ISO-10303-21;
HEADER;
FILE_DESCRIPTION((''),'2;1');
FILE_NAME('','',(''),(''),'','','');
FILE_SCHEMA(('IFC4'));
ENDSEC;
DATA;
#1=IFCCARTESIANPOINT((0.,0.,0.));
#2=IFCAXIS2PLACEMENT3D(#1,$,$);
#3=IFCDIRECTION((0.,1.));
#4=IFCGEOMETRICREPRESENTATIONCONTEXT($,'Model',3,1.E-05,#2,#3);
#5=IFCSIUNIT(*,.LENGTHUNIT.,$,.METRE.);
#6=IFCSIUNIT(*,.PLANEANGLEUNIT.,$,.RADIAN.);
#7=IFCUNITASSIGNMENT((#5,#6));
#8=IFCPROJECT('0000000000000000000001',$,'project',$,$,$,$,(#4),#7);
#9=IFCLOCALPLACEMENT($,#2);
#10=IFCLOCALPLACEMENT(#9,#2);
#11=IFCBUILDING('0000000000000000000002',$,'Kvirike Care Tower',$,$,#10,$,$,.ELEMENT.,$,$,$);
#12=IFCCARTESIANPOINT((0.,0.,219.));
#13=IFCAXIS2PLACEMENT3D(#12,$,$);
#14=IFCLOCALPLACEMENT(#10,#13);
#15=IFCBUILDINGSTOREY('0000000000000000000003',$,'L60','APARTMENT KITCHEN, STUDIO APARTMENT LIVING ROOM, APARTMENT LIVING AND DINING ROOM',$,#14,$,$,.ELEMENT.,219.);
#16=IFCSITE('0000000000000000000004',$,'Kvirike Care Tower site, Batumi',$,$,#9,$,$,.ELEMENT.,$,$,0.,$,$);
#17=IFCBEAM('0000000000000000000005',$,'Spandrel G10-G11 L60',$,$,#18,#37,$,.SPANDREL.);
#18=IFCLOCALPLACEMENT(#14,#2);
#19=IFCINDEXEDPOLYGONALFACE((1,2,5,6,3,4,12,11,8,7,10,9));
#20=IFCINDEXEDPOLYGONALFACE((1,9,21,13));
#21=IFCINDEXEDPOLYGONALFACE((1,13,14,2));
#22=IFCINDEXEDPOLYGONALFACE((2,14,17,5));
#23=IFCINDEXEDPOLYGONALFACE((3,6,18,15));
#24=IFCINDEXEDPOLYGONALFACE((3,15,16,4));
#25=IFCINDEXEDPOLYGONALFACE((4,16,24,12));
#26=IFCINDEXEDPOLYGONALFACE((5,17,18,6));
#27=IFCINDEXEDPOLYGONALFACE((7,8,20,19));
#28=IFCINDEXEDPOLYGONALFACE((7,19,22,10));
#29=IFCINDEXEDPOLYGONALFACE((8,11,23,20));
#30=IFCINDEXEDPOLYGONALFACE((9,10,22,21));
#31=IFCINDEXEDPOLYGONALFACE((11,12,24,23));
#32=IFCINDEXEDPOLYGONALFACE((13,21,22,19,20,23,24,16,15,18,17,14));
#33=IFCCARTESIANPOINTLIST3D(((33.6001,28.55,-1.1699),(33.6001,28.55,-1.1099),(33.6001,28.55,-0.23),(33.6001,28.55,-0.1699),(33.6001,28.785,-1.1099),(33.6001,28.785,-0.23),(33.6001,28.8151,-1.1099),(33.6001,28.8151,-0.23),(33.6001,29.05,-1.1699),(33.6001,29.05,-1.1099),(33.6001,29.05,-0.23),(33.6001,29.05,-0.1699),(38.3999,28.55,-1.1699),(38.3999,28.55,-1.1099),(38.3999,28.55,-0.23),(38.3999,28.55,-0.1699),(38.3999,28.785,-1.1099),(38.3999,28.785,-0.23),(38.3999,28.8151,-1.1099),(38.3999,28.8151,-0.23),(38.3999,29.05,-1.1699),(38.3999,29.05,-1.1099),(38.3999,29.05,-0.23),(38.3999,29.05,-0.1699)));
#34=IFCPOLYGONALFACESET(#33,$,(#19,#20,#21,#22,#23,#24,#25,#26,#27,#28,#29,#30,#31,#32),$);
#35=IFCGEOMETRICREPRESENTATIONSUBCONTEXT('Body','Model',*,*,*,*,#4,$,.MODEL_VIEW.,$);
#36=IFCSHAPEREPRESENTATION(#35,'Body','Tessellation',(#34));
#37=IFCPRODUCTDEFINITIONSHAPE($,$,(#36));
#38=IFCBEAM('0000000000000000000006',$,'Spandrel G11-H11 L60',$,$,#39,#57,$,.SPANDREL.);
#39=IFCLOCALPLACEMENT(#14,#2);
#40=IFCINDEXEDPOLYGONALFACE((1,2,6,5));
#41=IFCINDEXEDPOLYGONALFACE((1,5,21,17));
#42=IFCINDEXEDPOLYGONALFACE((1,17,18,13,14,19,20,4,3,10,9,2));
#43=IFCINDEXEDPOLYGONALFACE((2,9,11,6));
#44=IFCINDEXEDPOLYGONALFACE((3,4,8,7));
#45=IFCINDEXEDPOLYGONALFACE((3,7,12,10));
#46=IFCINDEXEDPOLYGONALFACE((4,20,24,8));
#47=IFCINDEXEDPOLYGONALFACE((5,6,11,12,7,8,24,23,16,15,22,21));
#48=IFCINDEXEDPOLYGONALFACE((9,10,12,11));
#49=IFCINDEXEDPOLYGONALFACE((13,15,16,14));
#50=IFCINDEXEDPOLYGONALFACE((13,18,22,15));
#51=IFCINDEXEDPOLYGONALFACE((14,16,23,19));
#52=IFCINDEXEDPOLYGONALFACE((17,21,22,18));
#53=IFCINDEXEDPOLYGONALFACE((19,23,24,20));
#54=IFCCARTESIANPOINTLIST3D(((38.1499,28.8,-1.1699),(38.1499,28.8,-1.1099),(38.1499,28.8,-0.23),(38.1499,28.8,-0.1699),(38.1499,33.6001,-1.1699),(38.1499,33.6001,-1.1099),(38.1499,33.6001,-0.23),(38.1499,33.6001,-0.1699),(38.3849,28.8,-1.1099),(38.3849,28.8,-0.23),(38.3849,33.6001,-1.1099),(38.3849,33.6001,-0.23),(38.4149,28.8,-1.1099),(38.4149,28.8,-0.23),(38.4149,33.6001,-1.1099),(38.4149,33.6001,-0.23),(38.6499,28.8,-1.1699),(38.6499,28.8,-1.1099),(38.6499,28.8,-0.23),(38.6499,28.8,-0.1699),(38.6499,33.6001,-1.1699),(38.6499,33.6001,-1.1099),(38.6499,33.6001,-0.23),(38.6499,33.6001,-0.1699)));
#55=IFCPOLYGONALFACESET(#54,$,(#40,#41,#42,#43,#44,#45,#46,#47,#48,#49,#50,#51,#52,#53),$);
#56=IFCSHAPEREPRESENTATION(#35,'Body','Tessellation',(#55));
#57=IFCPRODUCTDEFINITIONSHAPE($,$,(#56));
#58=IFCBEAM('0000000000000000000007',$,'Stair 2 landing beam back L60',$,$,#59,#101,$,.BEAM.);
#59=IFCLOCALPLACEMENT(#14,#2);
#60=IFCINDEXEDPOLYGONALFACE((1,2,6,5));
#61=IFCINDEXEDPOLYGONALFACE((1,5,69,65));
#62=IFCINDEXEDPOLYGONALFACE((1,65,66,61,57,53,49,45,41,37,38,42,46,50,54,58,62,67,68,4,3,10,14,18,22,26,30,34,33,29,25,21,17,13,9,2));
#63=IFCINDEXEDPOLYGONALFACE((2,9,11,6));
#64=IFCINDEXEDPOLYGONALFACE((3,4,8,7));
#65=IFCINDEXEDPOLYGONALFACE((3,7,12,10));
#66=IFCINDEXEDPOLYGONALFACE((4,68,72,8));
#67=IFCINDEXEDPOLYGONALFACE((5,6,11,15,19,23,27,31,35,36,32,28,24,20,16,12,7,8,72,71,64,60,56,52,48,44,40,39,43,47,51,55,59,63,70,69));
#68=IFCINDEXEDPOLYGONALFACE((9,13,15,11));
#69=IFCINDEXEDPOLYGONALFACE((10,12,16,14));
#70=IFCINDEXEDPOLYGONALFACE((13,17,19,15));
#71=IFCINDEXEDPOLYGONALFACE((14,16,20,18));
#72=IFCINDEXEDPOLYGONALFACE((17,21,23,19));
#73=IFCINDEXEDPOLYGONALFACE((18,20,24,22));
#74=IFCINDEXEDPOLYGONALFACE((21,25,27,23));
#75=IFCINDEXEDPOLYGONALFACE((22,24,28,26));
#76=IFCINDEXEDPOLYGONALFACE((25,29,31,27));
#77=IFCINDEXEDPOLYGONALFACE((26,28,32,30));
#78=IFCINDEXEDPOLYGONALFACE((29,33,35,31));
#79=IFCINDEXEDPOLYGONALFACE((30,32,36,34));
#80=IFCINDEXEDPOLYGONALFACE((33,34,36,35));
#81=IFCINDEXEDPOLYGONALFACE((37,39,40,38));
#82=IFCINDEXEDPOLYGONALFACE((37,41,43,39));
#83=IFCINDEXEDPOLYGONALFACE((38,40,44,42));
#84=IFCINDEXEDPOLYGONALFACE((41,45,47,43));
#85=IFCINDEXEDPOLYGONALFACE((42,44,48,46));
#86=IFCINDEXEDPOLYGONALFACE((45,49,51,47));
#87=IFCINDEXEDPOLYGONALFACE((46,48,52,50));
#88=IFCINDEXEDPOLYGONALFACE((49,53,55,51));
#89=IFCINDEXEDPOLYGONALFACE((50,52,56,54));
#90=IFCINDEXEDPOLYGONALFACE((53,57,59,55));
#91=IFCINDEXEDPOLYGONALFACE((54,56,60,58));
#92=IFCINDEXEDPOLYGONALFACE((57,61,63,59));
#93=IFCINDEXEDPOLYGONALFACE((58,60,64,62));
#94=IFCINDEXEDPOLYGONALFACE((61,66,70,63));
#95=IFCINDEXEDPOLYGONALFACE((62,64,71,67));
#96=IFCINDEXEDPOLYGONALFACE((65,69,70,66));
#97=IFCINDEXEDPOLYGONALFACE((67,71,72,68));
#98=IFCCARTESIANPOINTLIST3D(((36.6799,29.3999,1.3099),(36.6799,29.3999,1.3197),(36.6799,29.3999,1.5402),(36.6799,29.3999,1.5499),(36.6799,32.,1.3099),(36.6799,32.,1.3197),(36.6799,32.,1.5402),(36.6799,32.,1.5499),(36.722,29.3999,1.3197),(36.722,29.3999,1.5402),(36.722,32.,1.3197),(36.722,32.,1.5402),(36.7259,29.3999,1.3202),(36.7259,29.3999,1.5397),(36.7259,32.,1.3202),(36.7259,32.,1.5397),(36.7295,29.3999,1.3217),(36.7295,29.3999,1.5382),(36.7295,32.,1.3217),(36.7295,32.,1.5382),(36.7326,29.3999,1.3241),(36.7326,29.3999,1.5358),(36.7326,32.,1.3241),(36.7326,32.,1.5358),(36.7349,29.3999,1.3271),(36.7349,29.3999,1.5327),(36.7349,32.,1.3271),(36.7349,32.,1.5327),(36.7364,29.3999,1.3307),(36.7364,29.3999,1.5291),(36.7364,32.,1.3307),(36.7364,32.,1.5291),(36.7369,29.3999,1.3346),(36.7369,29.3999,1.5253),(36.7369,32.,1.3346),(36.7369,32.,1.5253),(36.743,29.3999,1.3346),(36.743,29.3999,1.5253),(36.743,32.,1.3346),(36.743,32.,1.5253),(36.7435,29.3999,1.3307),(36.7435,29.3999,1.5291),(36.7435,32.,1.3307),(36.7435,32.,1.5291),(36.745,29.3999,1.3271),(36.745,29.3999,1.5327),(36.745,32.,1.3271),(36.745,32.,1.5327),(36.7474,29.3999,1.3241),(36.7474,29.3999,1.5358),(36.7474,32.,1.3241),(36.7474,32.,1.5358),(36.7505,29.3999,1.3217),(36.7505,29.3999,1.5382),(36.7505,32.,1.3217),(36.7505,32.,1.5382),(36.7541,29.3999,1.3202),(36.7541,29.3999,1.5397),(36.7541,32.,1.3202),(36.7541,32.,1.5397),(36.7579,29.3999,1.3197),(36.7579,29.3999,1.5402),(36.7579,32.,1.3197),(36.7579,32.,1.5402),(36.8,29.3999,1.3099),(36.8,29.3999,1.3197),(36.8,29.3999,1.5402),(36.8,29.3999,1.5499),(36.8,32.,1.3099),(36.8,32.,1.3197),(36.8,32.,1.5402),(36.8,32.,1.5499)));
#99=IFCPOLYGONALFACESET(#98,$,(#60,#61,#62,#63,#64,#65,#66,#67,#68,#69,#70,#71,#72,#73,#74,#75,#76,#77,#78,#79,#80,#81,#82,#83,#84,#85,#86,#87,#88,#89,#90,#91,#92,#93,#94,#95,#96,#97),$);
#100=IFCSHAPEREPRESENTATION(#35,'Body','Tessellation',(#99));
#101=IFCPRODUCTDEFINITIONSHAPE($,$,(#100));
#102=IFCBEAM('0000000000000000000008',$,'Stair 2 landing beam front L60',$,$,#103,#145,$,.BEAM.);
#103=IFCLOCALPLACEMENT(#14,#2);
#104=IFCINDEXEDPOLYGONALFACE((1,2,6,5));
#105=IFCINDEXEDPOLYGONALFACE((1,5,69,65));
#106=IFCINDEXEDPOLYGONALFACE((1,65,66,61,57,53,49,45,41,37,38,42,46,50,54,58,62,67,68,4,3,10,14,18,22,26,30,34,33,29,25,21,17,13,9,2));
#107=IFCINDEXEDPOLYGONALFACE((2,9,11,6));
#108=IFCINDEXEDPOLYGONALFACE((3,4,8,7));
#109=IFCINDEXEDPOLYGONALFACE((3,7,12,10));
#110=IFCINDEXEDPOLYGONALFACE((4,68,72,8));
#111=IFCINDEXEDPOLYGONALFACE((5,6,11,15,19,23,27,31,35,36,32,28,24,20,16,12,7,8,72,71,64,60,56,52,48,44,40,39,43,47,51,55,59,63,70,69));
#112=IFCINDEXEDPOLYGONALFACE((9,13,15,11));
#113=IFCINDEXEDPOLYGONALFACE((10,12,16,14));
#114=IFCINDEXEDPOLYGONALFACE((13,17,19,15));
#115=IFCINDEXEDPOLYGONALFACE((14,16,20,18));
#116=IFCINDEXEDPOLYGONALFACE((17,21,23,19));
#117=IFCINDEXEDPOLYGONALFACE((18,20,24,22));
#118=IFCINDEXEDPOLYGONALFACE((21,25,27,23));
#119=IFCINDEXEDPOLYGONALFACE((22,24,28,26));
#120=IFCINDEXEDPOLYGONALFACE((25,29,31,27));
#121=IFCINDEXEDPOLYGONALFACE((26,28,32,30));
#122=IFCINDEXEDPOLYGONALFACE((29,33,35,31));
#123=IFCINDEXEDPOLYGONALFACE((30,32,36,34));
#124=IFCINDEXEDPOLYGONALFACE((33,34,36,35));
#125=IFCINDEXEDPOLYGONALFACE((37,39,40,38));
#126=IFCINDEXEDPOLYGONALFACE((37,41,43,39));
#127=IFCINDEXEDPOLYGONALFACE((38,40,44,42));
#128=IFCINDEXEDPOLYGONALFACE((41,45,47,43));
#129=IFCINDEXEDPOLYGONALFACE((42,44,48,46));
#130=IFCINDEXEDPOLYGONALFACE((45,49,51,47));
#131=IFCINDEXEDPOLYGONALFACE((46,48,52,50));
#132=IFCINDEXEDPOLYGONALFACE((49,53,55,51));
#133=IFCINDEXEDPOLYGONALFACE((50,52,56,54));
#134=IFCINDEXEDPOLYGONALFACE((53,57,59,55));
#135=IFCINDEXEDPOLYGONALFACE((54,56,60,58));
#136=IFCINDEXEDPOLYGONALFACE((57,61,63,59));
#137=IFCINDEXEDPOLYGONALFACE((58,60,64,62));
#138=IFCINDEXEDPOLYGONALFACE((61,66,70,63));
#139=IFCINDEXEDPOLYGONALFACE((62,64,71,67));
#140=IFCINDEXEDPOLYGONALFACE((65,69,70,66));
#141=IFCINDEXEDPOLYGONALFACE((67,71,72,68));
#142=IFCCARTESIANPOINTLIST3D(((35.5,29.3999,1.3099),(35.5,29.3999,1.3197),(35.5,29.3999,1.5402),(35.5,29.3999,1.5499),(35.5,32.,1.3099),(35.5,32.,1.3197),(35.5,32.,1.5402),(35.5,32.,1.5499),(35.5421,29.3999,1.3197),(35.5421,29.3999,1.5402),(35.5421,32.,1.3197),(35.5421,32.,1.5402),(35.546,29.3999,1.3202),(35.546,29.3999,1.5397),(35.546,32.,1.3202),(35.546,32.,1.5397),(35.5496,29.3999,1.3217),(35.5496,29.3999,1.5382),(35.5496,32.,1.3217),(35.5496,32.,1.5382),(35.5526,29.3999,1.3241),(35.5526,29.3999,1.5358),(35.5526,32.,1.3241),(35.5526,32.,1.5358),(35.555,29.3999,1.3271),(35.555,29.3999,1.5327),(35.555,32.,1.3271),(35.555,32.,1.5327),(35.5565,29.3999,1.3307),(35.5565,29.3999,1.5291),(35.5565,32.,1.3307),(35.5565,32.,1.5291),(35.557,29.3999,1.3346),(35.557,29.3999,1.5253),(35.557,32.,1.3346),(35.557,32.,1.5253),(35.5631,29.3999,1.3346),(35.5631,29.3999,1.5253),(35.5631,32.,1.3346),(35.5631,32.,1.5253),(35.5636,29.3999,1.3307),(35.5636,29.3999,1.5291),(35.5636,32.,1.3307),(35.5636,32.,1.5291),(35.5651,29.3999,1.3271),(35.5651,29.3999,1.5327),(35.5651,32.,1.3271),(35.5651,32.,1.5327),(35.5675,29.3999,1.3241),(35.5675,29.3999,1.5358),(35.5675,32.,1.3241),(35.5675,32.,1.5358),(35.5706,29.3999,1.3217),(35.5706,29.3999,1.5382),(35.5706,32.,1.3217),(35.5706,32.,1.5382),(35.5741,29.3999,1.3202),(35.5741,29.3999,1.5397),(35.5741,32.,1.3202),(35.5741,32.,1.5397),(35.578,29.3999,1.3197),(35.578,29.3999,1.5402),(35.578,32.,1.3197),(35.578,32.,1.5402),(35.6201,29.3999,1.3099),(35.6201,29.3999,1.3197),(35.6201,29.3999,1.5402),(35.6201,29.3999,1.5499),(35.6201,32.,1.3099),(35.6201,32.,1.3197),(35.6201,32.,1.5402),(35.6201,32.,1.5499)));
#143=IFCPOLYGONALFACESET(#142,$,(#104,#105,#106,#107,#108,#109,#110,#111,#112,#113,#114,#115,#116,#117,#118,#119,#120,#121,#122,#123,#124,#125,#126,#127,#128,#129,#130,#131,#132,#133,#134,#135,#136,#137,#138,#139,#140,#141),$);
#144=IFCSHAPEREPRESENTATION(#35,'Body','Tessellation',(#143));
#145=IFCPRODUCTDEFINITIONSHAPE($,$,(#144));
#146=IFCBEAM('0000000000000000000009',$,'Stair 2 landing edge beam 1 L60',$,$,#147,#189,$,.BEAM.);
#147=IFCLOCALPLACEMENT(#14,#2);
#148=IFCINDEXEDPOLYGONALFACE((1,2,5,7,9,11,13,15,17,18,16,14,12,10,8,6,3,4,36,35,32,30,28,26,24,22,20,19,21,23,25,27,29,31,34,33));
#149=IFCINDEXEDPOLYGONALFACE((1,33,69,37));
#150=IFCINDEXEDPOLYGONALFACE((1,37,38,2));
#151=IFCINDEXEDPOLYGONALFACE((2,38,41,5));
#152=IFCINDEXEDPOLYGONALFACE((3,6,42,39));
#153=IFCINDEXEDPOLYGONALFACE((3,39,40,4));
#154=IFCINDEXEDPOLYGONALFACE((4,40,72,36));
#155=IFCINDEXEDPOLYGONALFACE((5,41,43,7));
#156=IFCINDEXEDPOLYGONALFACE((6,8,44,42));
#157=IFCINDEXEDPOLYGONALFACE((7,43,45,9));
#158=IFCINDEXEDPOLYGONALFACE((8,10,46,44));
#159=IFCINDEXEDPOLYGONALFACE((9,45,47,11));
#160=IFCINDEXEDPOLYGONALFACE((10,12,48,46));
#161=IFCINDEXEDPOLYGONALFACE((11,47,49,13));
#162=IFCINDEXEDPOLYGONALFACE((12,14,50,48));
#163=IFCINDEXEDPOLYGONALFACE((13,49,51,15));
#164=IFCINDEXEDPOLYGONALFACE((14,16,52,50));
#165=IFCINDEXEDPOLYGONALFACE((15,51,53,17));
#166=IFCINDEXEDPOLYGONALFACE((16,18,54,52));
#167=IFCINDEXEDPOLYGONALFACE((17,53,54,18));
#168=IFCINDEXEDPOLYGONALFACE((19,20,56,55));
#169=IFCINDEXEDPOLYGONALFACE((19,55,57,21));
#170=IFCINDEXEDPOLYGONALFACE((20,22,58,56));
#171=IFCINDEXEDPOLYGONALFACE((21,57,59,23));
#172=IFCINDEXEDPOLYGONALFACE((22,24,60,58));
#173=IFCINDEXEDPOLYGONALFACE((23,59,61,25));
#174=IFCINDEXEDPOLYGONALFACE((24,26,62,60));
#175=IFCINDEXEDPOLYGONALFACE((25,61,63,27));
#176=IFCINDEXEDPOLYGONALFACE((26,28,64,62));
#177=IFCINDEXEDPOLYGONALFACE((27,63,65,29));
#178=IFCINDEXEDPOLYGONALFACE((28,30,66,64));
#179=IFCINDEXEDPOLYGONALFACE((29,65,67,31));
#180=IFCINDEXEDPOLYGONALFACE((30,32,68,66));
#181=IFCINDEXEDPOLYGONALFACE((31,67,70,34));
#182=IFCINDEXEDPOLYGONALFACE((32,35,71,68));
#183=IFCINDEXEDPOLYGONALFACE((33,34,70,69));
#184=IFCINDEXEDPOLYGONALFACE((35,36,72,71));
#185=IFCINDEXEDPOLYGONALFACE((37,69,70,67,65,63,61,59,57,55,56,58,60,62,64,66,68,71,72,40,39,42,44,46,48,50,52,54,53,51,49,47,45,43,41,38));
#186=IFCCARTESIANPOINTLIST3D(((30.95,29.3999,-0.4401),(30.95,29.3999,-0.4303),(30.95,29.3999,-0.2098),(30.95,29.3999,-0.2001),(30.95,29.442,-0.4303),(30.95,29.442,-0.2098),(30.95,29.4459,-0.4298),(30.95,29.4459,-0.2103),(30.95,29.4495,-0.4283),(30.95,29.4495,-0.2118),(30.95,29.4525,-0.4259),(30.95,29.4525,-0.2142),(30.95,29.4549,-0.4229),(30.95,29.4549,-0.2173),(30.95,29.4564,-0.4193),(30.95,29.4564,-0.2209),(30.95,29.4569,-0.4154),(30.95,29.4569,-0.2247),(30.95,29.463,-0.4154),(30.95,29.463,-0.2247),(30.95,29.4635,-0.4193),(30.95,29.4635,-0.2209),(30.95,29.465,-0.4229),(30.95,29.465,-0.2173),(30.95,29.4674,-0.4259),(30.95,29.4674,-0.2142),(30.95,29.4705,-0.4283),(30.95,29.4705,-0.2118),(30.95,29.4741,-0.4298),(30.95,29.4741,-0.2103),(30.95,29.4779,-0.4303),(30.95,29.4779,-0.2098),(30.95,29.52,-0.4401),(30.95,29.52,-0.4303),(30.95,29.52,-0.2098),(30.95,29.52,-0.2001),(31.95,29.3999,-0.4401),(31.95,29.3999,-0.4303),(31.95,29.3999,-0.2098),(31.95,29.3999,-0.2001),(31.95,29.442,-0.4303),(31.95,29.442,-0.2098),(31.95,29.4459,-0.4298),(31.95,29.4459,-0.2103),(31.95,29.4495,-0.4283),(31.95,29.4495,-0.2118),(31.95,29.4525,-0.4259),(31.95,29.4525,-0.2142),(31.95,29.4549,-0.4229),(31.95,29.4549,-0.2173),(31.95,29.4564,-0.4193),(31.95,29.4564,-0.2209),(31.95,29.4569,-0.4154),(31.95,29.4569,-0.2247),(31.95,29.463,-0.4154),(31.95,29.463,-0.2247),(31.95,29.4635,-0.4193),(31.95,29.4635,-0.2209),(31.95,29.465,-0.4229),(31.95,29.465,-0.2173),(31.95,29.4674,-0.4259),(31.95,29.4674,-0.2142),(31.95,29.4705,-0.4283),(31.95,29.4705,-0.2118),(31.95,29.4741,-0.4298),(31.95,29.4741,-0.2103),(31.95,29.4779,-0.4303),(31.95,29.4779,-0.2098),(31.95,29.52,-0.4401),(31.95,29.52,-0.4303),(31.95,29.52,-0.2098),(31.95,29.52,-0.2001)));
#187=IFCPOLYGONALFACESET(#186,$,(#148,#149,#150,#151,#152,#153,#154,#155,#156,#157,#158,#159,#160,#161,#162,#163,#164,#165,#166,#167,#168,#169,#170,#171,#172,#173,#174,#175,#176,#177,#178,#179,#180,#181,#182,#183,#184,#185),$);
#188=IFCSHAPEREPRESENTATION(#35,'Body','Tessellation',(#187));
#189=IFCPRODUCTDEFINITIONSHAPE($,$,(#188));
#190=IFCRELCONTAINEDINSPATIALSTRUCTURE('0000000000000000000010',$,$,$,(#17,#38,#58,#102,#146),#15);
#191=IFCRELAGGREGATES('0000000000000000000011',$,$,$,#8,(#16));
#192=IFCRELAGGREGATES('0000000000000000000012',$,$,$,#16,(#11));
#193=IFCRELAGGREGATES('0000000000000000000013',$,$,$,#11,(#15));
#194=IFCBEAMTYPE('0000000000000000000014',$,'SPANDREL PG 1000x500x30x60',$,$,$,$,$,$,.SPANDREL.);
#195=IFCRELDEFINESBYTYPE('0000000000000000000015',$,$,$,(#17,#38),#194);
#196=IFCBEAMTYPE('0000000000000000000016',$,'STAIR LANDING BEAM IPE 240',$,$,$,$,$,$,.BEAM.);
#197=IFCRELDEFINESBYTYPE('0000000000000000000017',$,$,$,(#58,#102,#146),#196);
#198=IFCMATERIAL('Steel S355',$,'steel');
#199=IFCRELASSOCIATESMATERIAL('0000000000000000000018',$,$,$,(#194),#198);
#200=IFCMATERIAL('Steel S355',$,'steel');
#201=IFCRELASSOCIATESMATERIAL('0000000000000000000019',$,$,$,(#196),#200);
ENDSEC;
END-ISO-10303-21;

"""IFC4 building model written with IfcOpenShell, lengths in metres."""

from ifc_helpers import new_model, si_unit, direction, frame, origin, origin_2d, place, context, subcontext, project, spatial, i_section, extrude, material, material_profile, profile_set, type_object, element, save


model = new_model("IFC4")

# Units and contexts
model_context = context("Model", 3, precision=1e-05, world=origin(), true_north=direction((0.0, 1.0)))
body_context = subcontext(model_context, "Body", "Model", "MODEL_VIEW")
ifc_project = project(units=[si_unit("LENGTHUNIT", "METRE"), si_unit("PLANEANGLEUNIT", "RADIAN")], contexts=[model_context])

# Site, building, storey
site_placement = place(None, origin())
site = spatial("IfcSite", under=ifc_project, at=site_placement, Name="Kvirike Care Tower site, Batumi", CompositionType="ELEMENT", RefElevation=0.0)
building_placement = place(site_placement, origin())
building = spatial("IfcBuilding", under=site, at=building_placement, Name="Kvirike Care Tower", CompositionType="ELEMENT")
storey_placement = place(building_placement, frame((0.0, 0.0, 219.0)))
storey = spatial("IfcBuildingStorey", under=building, at=storey_placement, Name="L60", Description="APARTMENT KITCHEN, STUDIO APARTMENT LIVING ROOM, APARTMENT LIVING AND DINING ROOM", CompositionType="ELEMENT", Elevation=219.0)

# Beams
ifc_material_1 = material(Name="Steel S355", Category="steel")
ifc_material_profile_1 = material_profile(ifc_material_1, i_section(OverallWidth=0.5, OverallDepth=1.0, WebThickness=0.03, FlangeThickness=0.0601, at=origin_2d()), Name="PG 1000x500x30x60")
ifc_profile_set_1 = profile_set([ifc_material_profile_1], Name="Steel S355")
beam_type_1 = type_object("IfcBeamType", Name="SPANDREL PG 1000x500x30x60", PredefinedType="SPANDREL", material=ifc_profile_set_1)
beam_1_placement = place(storey_placement, frame((33.6001, 28.8, -0.6699), z_axis=(1.0, 0.0, 0.0), x_axis=(0.0, 1.0, 0.0)))
element("IfcBeam", 1, at=beam_1_placement, inside=storey, type_object=beam_type_1, Name="Spandrel G10-G11 L60", PredefinedType="SPANDREL", context=body_context, shape_type="SweptSolid", body=[
    extrude(i_section(OverallWidth=0.5, OverallDepth=1.0, WebThickness=0.03, FlangeThickness=0.0601, at=origin_2d()), origin(), (0.0, 0.0, 1.0), 4.7998),
])
beam_2_placement = place(storey_placement, frame((38.3999, 28.8, -0.6699), z_axis=(0.0, 1.0, 0.0), x_axis=(-1.0, 0.0, 0.0)))
element("IfcBeam", 2, at=beam_2_placement, inside=storey, type_object=beam_type_1, Name="Spandrel G11-H11 L60", PredefinedType="SPANDREL", context=body_context, shape_type="SweptSolid", body=[
    extrude(i_section(OverallWidth=0.5, OverallDepth=1.0, WebThickness=0.03, FlangeThickness=0.0601, at=origin_2d()), origin(), (0.0, 0.0, 1.0), 4.8),
])
ifc_material_2 = material(Name="Steel S355", Category="steel")
ifc_material_profile_2 = material_profile(ifc_material_2, i_section(OverallWidth=0.1201, OverallDepth=0.24, WebThickness=0.0061, FlangeThickness=0.0098, FilletRadius=0.0149, at=origin_2d()), Name="IPE 240")
ifc_profile_set_2 = profile_set([ifc_material_profile_2], Name="Steel S355")
beam_type_2 = type_object("IfcBeamType", Name="STAIR LANDING BEAM IPE 240", PredefinedType="BEAM", material=ifc_profile_set_2)
for number, where, z_axis, x_axis, name in (
    (3, (36.74, 29.3999, 1.4299), (0.0, 1.0, 0.0), (-1.0, 0.0, 0.0), "Stair 2 landing beam back L60"),
    (4, (35.5601, 29.3999, 1.4299), (0.0, 1.0, 0.0), (-1.0, 0.0, 0.0), "Stair 2 landing beam front L60"),
):
    element("IfcBeam", number, at=place(storey_placement, frame(where, z_axis=z_axis, x_axis=x_axis)), inside=storey, type_object=beam_type_2, Name=name, PredefinedType="BEAM", context=body_context, shape_type="SweptSolid", body=[
        extrude(i_section(OverallWidth=0.1201, OverallDepth=0.24, WebThickness=0.0061, FlangeThickness=0.0098, FilletRadius=0.0149, at=origin_2d()), origin(), (0.0, 0.0, 1.0), 2.6001),
    ])
for number, where, z_axis, x_axis, name in (
    (5, (31.95, 29.46, -0.3201), (-1.0, 0.0, 0.0), (0.0, -1.0, 0.0), "Stair 2 landing edge beam 1 L60"),
):
    element("IfcBeam", number, at=place(storey_placement, frame(where, z_axis=z_axis, x_axis=x_axis)), inside=storey, type_object=beam_type_2, Name=name, PredefinedType="BEAM", context=body_context, shape_type="SweptSolid", body=[
        extrude(i_section(OverallWidth=0.1201, OverallDepth=0.24, WebThickness=0.0061, FlangeThickness=0.0098, FilletRadius=0.0149, at=origin_2d()), origin(), (0.0, 0.0, 1.0), 1.0),
    ])

save(model, "model.ifc")
